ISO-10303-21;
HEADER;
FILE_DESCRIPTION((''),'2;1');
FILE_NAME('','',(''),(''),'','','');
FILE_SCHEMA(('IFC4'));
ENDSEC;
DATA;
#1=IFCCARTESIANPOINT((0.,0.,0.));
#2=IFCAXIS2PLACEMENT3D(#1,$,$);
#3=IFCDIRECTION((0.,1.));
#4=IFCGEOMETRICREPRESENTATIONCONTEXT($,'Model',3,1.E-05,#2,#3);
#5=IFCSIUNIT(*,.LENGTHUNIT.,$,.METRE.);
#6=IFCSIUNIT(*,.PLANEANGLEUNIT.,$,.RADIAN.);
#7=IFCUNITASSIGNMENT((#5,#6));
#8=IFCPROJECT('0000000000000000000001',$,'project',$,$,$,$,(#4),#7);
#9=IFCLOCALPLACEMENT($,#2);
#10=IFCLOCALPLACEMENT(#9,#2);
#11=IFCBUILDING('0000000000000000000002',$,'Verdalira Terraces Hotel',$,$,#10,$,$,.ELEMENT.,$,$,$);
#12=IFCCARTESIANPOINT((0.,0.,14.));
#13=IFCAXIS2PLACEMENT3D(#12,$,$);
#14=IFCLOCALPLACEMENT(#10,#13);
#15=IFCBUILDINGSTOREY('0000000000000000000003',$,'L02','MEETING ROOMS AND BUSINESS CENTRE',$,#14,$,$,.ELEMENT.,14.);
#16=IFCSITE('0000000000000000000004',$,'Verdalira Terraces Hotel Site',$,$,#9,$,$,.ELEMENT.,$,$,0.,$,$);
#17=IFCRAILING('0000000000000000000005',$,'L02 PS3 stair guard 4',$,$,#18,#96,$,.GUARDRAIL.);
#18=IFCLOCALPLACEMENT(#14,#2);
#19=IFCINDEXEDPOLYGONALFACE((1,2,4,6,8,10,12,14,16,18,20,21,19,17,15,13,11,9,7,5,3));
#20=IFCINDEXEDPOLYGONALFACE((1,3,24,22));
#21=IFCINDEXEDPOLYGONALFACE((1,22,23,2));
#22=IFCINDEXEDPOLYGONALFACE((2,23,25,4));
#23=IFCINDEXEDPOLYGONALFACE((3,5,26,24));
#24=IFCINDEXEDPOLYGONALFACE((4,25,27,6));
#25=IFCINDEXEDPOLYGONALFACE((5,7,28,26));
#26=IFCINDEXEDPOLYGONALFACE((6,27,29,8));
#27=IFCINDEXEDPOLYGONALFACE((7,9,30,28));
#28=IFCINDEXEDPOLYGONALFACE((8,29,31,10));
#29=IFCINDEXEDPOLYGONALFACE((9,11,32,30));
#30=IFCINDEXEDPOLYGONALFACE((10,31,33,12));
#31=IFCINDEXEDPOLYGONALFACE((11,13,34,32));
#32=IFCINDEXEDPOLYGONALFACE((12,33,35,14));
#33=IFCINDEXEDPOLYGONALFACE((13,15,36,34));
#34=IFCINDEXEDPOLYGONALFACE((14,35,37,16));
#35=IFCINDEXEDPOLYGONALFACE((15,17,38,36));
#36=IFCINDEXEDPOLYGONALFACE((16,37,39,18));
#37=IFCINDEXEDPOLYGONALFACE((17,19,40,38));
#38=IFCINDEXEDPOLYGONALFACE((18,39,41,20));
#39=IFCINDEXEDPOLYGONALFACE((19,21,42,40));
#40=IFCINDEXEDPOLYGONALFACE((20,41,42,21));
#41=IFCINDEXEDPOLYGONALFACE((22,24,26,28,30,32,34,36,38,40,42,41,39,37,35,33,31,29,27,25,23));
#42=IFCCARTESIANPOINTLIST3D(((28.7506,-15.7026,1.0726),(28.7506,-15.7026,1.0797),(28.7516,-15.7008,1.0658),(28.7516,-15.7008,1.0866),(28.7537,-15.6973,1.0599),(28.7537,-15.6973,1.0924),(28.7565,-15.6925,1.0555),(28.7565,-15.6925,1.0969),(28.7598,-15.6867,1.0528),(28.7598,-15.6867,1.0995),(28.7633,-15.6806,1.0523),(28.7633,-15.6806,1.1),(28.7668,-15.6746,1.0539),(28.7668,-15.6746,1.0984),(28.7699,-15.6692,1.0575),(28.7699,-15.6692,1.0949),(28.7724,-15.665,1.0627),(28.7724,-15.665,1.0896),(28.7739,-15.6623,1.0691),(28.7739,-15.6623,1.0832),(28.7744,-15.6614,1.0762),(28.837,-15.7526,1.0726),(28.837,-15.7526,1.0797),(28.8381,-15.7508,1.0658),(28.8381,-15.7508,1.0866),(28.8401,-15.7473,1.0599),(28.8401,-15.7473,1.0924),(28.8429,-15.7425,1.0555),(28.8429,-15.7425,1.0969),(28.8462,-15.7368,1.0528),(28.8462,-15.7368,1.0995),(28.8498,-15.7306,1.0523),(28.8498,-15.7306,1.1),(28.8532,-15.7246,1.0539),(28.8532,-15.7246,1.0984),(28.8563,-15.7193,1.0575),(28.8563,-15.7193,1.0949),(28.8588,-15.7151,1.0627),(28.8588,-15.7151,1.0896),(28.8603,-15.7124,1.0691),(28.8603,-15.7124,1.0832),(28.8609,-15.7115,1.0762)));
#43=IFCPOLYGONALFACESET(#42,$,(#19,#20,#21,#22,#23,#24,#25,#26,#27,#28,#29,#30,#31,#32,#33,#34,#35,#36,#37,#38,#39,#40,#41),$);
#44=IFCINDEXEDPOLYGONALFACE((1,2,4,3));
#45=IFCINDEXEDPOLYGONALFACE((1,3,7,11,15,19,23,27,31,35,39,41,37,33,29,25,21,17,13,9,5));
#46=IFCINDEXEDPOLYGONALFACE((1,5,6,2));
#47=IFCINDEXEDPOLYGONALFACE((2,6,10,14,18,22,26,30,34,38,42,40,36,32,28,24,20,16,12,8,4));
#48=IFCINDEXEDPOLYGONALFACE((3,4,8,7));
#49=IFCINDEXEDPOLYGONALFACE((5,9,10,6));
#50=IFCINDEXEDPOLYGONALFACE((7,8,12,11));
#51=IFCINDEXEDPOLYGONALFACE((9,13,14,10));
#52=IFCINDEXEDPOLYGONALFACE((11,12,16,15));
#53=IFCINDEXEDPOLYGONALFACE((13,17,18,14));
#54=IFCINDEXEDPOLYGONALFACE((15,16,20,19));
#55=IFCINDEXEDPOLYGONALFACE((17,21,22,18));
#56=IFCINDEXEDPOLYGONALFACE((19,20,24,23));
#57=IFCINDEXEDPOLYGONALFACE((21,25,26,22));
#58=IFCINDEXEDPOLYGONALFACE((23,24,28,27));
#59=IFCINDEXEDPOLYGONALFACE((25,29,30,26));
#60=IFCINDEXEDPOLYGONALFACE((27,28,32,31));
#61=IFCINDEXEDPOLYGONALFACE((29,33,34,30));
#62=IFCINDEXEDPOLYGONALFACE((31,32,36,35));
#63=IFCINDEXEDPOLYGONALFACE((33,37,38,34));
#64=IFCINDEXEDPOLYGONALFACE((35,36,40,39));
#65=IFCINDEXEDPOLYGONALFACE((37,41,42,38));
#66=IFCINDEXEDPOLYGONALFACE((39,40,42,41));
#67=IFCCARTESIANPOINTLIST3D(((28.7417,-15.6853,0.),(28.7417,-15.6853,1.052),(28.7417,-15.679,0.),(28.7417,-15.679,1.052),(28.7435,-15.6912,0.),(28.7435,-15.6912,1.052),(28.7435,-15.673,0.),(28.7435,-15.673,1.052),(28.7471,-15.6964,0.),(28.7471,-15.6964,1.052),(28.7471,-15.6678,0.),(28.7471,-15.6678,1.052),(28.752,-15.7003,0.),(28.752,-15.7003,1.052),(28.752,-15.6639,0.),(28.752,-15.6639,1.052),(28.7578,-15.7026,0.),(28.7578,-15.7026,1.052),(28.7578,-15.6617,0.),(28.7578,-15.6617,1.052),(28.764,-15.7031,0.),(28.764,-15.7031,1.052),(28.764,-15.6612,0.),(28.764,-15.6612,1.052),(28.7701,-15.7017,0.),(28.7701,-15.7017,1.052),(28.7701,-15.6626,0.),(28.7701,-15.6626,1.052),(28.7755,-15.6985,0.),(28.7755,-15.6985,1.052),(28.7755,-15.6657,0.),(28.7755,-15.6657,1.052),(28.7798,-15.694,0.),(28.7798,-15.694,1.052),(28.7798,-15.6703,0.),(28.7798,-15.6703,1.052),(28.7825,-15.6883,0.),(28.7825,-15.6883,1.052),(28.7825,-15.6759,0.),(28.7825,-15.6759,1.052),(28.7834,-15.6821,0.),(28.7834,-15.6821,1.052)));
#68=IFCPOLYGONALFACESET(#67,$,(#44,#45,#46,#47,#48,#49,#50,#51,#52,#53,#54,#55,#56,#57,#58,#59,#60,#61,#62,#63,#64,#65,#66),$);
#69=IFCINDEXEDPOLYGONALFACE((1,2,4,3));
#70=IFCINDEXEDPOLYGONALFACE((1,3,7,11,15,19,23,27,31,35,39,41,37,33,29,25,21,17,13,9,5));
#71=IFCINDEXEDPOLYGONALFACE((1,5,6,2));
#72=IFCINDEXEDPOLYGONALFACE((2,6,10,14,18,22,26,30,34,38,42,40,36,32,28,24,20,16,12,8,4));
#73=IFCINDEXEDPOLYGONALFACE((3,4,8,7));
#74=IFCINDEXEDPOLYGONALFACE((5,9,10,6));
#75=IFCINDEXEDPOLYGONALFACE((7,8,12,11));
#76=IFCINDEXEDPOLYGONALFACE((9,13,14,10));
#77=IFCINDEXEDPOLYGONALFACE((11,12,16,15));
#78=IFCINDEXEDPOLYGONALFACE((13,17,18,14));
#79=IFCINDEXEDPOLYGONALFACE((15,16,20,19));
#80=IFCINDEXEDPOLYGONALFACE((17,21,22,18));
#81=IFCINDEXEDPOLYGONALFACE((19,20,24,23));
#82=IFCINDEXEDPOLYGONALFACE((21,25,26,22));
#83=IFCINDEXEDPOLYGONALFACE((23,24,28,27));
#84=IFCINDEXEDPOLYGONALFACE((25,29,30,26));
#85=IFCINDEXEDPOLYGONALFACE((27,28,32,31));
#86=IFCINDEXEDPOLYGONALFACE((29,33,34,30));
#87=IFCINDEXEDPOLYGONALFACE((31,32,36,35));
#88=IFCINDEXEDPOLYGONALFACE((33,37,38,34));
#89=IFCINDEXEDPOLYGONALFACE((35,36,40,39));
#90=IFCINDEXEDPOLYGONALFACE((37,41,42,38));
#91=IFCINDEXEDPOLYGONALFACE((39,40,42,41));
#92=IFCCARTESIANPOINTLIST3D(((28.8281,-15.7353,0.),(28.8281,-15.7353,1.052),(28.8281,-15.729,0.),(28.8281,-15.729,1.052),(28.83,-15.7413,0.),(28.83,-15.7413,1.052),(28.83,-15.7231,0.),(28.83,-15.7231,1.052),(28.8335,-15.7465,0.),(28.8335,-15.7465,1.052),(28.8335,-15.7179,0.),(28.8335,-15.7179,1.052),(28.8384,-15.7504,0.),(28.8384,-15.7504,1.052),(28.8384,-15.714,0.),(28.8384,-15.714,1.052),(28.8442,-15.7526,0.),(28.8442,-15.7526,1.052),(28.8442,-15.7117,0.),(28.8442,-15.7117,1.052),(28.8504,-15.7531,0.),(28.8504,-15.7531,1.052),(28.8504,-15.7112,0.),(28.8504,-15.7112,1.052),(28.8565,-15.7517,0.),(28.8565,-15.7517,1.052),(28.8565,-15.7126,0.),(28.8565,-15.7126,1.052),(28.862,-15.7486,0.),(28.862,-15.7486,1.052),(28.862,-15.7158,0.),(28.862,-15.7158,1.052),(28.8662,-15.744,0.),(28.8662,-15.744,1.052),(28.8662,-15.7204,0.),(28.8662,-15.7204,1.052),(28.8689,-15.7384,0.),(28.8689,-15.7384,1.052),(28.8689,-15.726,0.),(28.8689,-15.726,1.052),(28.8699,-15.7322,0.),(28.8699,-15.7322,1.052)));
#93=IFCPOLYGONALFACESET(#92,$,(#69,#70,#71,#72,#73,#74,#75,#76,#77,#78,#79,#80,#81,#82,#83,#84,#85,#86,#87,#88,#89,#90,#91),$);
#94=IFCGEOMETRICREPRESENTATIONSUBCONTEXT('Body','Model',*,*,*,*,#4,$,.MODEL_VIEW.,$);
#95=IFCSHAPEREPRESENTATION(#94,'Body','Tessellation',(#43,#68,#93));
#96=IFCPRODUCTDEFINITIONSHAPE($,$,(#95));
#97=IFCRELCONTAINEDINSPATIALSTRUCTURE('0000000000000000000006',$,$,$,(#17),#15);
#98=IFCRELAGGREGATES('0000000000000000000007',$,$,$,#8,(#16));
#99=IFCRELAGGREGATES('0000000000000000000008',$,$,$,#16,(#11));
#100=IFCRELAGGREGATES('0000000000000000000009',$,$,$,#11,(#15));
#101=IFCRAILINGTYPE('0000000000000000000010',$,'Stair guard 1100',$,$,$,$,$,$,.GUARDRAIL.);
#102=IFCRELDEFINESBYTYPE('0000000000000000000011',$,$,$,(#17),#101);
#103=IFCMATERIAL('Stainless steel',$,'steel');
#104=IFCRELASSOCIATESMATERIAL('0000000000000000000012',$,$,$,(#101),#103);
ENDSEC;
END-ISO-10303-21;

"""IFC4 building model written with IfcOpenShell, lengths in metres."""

from ifc_helpers import new_model, si_unit, direction, frame, origin, origin_2d, place, context, subcontext, project, spatial, circle, extrude, material, type_object, element, save


model = new_model("IFC4")

# Units and contexts
model_context = context("Model", 3, precision=1e-05, world=origin(), true_north=direction((0.0, 1.0)))
body_context = subcontext(model_context, "Body", "Model", "MODEL_VIEW")
ifc_project = project(units=[si_unit("LENGTHUNIT", "METRE"), si_unit("PLANEANGLEUNIT", "RADIAN")], contexts=[model_context])

# Site, building, storey
site_placement = place(None, origin())
site = spatial("IfcSite", under=ifc_project, at=site_placement, Name="Verdalira Terraces Hotel Site", CompositionType="ELEMENT", RefElevation=0.0)
building_placement = place(site_placement, origin())
building = spatial("IfcBuilding", under=site, at=building_placement, Name="Verdalira Terraces Hotel", CompositionType="ELEMENT")
storey_placement = place(building_placement, frame((0.0, 0.0, 14.0)))
storey = spatial("IfcBuildingStorey", under=building, at=storey_placement, Name="L02", Description="MEETING ROOMS AND BUSINESS CENTRE", CompositionType="ELEMENT", Elevation=14.0)

# Railing
ifc_material_1 = material(Name="Stainless steel", Category="steel")
railing_type_1 = type_object("IfcRailingType", Name="Stair guard 1100", PredefinedType="GUARDRAIL", material=ifc_material_1)
railing_1_placement = place(storey_placement, frame((28.7625, -15.6821, 0.0)))
element("IfcRailing", 1, at=railing_1_placement, inside=storey, type_object=railing_type_1, Name="L02 PS3 stair guard 4", PredefinedType="GUARDRAIL", context=body_context, shape_type="SweptSolid", body=[
    extrude(circle(Radius=0.0239, at=origin_2d()), frame((0.0, 0.0, 1.0762), z_axis=(0.86537, -0.501133, 0.0), x_axis=(0.501133, 0.86537, 0.0)), (0.0, 0.0, 1.0), 0.0999),
    extrude(circle(Radius=0.021, at=origin_2d()), origin(), (0.0, 0.0, 1.0), 1.052),
    extrude(circle(Radius=0.021, at=origin_2d()), frame((0.0864, -0.05, 0.0)), (0.0, 0.0, 1.0), 1.052),
])

save(model, "model.ifc")
